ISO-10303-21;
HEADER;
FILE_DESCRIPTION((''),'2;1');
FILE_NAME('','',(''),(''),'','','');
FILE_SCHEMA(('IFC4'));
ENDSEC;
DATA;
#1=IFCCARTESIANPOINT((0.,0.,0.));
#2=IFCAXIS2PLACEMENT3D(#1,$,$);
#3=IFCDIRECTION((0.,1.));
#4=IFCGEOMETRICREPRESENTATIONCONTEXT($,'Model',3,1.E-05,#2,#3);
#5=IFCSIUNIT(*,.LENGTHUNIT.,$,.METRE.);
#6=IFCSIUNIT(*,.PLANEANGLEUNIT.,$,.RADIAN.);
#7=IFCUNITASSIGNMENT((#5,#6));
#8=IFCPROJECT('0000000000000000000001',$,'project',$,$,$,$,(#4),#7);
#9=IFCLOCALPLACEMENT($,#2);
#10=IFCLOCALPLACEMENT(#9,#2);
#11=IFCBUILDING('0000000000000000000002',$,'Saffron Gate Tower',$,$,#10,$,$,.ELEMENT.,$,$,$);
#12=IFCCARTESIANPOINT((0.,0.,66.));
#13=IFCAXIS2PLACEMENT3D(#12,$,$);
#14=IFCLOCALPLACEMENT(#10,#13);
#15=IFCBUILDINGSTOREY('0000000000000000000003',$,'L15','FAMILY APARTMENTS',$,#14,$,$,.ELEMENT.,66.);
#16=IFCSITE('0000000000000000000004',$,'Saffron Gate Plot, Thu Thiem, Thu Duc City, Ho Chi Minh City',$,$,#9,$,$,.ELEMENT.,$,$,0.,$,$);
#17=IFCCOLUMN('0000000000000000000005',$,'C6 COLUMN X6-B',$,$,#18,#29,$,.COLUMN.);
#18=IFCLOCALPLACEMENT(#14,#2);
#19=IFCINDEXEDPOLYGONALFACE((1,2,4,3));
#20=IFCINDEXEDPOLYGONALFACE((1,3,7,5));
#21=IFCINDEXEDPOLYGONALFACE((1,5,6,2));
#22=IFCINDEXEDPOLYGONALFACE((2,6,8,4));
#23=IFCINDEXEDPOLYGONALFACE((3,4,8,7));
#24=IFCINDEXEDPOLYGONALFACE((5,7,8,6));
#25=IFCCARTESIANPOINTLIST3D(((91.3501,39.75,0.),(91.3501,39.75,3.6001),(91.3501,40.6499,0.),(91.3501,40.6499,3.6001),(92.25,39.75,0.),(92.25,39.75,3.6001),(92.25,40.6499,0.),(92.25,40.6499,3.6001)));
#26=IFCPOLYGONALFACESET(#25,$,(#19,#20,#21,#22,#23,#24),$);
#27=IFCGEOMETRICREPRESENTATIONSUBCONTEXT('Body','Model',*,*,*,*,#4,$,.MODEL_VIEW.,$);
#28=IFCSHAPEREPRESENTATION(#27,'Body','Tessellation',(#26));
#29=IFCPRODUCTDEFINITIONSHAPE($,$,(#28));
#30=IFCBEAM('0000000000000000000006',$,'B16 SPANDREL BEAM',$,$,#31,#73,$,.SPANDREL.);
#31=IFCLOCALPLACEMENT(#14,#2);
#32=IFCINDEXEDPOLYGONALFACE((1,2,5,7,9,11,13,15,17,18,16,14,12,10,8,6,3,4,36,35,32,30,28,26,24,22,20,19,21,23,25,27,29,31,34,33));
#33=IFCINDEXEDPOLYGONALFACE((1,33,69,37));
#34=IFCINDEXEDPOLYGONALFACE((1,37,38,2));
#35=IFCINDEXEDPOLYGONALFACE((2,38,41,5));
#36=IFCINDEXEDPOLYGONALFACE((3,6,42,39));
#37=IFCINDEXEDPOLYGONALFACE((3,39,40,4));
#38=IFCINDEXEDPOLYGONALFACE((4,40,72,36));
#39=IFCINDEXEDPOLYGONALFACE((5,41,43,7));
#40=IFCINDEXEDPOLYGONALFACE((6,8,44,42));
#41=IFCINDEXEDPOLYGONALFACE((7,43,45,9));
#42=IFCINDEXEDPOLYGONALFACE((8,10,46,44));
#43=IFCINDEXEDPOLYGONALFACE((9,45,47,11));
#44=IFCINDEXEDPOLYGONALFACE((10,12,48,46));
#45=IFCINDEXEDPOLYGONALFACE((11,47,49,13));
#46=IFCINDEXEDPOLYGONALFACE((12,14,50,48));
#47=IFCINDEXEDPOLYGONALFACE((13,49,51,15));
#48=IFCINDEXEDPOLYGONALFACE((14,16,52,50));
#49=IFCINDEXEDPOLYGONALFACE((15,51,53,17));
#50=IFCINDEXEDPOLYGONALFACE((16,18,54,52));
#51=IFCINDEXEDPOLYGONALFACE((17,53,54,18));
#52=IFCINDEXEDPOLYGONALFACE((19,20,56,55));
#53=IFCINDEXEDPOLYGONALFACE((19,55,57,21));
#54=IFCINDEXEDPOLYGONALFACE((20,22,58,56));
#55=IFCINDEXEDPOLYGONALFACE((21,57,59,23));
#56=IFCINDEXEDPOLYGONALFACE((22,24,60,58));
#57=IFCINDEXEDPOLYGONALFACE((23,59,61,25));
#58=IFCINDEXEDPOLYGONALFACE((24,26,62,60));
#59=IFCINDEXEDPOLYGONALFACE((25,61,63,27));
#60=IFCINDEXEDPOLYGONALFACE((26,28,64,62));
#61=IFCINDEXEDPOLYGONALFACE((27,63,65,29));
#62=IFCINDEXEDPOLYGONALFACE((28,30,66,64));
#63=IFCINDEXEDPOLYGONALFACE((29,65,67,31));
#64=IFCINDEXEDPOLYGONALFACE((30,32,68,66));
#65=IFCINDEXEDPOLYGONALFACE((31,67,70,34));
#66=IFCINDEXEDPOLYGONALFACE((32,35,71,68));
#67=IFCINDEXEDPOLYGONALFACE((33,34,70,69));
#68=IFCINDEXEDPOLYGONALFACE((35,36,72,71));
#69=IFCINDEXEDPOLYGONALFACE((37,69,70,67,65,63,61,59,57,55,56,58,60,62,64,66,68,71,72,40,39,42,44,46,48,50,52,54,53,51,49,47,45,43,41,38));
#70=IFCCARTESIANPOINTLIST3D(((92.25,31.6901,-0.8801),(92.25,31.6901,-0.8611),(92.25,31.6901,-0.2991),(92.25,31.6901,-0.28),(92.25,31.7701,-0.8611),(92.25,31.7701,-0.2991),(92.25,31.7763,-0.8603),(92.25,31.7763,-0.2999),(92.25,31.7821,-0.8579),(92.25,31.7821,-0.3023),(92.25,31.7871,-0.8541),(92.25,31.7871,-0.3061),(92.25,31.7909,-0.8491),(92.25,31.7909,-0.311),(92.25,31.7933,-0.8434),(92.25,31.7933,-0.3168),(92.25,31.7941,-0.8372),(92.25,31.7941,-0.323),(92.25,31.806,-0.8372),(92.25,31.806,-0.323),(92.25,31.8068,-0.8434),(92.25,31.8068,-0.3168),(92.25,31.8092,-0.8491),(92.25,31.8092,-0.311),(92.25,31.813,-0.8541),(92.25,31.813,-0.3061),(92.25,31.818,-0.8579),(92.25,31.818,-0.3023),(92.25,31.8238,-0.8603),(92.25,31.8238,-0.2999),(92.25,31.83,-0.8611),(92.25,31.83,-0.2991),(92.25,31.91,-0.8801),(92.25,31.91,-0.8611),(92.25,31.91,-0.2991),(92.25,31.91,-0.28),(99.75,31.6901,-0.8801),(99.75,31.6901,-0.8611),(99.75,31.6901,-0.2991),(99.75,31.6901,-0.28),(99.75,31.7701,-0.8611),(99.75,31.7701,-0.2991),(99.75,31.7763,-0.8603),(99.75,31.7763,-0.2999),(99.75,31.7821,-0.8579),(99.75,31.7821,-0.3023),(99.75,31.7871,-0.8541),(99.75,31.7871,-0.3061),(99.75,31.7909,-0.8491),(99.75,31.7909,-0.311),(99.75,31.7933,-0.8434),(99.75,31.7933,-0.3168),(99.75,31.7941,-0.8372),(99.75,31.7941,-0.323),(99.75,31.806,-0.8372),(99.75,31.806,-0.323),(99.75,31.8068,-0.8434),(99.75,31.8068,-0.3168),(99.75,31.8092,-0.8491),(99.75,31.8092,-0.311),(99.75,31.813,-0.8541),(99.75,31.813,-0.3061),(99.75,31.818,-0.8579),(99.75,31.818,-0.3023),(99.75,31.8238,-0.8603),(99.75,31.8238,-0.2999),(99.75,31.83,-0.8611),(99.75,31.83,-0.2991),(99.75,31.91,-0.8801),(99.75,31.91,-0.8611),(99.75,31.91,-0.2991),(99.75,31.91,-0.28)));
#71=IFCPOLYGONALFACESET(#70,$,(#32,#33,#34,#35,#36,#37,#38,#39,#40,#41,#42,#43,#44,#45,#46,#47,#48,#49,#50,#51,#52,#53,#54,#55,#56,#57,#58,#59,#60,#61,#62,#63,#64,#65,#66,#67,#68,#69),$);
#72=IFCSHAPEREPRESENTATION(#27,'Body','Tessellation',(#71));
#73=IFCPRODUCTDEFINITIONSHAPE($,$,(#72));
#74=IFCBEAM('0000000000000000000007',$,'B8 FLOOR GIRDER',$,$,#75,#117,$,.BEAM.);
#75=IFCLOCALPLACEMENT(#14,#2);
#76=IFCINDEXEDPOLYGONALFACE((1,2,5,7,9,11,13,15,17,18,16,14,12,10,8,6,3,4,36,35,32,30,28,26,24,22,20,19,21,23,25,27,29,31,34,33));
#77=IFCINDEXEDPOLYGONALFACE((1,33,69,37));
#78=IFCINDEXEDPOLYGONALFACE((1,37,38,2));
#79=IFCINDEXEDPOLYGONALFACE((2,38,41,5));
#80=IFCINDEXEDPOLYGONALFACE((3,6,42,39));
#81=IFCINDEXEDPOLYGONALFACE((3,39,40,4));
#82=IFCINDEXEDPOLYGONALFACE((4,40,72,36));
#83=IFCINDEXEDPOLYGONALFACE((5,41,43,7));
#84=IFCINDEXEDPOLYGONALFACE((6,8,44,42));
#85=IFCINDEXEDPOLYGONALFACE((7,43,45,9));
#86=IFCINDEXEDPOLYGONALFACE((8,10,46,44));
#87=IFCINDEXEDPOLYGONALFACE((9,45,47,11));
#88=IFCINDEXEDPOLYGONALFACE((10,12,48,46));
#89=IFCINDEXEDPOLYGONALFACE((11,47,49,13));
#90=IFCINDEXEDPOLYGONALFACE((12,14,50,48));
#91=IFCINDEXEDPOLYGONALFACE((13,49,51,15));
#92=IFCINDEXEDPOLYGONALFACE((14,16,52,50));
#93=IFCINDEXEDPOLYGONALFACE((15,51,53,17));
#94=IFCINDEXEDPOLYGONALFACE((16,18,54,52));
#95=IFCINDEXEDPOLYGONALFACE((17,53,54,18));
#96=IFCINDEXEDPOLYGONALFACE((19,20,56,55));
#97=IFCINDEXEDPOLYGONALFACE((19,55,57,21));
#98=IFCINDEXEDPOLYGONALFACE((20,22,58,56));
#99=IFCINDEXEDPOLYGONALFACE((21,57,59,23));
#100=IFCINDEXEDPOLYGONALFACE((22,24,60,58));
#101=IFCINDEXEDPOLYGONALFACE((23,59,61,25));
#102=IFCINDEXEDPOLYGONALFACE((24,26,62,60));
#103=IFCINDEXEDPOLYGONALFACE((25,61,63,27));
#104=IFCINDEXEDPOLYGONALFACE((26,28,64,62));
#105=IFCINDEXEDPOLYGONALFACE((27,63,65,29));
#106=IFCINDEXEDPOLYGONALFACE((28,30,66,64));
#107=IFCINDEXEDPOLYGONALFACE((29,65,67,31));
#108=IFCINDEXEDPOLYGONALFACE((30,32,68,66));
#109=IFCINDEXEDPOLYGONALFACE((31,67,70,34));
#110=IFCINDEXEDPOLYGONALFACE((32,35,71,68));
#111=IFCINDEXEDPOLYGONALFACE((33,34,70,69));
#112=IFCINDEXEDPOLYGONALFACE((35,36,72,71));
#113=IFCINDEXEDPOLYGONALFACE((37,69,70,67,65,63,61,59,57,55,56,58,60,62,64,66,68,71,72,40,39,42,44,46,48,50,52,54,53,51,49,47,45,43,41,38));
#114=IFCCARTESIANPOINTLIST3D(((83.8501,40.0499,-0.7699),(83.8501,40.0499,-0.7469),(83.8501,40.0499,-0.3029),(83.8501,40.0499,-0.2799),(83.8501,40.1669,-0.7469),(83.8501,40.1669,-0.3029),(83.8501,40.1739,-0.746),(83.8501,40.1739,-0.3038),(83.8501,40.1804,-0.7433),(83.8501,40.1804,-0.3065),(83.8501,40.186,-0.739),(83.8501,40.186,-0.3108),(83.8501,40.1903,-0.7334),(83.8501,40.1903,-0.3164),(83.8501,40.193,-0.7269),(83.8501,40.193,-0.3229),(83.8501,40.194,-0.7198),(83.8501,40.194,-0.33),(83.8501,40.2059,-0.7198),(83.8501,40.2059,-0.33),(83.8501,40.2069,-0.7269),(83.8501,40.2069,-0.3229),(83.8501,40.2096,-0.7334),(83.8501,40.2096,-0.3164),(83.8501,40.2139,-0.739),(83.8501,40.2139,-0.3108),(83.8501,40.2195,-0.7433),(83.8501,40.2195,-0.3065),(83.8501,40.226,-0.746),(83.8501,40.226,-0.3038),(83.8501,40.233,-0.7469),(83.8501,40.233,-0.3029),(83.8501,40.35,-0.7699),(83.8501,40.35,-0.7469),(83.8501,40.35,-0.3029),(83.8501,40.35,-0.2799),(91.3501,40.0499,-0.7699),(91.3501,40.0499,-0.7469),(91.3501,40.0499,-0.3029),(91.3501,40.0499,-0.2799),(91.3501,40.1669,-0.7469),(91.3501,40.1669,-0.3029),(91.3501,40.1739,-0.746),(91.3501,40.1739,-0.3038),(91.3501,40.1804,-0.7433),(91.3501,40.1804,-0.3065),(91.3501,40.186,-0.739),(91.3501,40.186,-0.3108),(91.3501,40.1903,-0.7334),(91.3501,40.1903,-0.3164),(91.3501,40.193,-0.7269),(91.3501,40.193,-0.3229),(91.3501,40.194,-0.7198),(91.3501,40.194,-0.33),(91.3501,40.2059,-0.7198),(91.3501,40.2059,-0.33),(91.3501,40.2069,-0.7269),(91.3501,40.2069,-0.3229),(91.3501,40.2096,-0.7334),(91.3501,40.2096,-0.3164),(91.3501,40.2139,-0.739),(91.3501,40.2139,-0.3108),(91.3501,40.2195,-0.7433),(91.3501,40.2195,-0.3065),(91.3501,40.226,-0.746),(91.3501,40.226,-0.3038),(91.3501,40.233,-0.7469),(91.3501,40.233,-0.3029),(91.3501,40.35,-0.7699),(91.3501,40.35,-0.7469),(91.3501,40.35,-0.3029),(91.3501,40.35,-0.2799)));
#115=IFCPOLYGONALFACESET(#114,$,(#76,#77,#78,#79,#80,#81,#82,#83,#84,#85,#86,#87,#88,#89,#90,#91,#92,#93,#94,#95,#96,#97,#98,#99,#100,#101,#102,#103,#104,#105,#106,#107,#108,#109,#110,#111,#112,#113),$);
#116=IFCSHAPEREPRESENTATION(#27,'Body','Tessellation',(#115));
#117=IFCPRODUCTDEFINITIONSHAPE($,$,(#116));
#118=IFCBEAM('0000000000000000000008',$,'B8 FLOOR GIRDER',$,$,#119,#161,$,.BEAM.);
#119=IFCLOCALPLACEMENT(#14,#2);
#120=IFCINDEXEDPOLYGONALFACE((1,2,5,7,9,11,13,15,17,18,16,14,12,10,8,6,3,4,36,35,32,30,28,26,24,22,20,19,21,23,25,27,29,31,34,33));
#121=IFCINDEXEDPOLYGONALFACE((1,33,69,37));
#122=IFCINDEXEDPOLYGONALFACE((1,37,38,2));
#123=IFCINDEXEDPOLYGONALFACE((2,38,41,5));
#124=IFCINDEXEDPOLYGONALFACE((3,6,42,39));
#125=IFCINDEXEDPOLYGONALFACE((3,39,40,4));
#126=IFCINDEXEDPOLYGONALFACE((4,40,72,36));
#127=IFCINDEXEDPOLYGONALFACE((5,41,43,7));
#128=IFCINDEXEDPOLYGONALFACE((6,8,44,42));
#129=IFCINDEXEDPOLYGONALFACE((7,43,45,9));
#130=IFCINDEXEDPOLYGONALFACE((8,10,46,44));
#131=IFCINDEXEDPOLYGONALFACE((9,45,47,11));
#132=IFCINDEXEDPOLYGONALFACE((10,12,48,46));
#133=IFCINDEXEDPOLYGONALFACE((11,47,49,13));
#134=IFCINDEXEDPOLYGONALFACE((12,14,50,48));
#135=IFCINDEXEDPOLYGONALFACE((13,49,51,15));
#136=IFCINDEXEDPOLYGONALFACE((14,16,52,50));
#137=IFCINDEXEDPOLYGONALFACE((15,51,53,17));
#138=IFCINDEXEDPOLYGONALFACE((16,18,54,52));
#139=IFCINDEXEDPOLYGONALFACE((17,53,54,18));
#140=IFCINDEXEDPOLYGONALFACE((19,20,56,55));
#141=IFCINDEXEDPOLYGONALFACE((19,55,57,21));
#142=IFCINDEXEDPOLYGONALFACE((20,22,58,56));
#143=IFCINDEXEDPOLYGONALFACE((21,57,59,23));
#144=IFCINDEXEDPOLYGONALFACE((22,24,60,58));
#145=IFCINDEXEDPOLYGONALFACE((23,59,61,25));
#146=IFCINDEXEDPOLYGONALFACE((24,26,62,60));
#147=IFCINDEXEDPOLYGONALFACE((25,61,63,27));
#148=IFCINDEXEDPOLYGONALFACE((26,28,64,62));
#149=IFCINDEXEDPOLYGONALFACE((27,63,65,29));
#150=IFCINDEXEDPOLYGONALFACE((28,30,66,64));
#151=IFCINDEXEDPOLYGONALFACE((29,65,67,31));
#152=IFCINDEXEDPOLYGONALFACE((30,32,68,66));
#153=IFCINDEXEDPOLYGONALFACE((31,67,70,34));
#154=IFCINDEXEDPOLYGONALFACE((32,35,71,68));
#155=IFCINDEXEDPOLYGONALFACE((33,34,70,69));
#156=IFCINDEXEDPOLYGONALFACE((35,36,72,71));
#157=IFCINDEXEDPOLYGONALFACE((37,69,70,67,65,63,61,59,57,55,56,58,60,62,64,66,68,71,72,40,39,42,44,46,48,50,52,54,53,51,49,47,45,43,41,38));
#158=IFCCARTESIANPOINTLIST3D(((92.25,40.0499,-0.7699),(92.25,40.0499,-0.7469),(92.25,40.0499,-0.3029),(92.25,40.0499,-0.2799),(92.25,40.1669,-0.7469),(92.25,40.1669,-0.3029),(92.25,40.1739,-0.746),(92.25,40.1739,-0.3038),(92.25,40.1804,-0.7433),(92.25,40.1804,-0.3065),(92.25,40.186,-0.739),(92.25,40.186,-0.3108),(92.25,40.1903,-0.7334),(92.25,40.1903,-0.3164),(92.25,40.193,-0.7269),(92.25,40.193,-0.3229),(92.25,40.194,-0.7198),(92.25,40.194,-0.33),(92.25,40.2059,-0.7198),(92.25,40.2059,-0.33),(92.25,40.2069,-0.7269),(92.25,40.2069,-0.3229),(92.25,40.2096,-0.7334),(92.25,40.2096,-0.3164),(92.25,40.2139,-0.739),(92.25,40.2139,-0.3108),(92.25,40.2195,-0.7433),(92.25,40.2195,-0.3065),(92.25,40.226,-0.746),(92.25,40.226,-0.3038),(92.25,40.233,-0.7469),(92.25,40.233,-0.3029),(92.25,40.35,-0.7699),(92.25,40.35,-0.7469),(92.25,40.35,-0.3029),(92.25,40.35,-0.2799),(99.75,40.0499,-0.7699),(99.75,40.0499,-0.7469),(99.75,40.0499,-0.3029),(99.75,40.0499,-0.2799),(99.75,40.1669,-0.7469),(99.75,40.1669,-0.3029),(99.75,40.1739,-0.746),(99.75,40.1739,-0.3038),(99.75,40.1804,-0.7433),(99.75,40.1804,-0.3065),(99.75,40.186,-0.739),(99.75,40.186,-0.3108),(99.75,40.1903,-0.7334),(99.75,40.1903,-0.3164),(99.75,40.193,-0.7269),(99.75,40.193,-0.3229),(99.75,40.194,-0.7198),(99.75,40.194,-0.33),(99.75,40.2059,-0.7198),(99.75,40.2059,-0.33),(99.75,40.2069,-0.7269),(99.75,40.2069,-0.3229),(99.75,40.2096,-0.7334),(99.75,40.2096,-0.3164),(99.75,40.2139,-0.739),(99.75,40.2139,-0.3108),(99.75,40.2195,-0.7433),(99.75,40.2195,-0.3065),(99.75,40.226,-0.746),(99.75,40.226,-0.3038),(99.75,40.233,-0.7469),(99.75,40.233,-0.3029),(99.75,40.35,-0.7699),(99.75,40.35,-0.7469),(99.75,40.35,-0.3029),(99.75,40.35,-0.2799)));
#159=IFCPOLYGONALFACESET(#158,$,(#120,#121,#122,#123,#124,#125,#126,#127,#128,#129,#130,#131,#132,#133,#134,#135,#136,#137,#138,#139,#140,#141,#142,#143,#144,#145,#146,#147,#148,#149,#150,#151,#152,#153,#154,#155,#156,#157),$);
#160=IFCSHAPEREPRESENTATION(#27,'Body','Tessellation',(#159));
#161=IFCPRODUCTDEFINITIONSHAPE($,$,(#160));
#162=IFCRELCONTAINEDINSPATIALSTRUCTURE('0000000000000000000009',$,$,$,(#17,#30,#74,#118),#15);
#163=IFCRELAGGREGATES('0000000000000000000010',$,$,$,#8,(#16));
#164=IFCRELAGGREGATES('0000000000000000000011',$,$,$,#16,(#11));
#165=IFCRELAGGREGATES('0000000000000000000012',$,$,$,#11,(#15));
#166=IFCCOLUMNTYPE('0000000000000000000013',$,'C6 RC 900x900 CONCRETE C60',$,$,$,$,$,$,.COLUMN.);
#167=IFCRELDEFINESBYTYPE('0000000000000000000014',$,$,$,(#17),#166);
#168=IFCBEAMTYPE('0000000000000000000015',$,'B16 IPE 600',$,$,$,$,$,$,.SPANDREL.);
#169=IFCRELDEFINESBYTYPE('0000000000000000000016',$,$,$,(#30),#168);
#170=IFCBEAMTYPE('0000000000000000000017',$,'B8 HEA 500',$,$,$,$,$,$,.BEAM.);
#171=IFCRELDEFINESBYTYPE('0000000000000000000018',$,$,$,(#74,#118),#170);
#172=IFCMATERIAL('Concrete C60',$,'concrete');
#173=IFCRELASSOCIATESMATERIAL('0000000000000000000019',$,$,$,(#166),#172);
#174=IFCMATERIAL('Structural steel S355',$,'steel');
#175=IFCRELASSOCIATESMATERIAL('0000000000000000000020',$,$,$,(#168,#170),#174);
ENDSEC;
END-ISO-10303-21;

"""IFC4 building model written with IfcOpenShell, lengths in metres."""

from ifc_helpers import new_model, si_unit, direction, frame, origin, origin_2d, place, context, subcontext, project, spatial, rectangle, i_section, extrude, material, material_profile, profile_set, type_object, element, save


model = new_model("IFC4")

# Units and contexts
model_context = context("Model", 3, precision=1e-05, world=origin(), true_north=direction((0.0, 1.0)))
body_context = subcontext(model_context, "Body", "Model", "MODEL_VIEW")
ifc_project = project(units=[si_unit("LENGTHUNIT", "METRE"), si_unit("PLANEANGLEUNIT", "RADIAN")], contexts=[model_context])

# Site, building, storey
site_placement = place(None, origin())
site = spatial("IfcSite", under=ifc_project, at=site_placement, Name="Saffron Gate Plot, Thu Thiem, Thu Duc City, Ho Chi Minh City", CompositionType="ELEMENT", RefElevation=0.0)
building_placement = place(site_placement, origin())
building = spatial("IfcBuilding", under=site, at=building_placement, Name="Saffron Gate Tower", CompositionType="ELEMENT")
storey_placement = place(building_placement, frame((0.0, 0.0, 66.0)))
storey = spatial("IfcBuildingStorey", under=building, at=storey_placement, Name="L15", Description="FAMILY APARTMENTS", CompositionType="ELEMENT", Elevation=66.0)

# Column
ifc_material_1 = material(Name="Concrete C60", Category="concrete")
ifc_material_profile_1 = material_profile(ifc_material_1, rectangle(XDim=0.8999, YDim=0.8999, at=origin_2d()))
ifc_profile_set_1 = profile_set([ifc_material_profile_1], Name="Concrete C60")
column_type = type_object("IfcColumnType", Name="C6 RC 900x900 CONCRETE C60", PredefinedType="COLUMN", material=ifc_profile_set_1)
column_placement = place(storey_placement, frame((91.8, 40.2, 0.0), z_axis=(0.0, 0.0, 1.0), x_axis=(1.0, 0.0, 0.0)))
element("IfcColumn", 1, at=column_placement, inside=storey, type_object=column_type, Name="C6 COLUMN X6-B", PredefinedType="COLUMN", context=body_context, shape_type="SweptSolid", body=[
    extrude(rectangle(XDim=0.8999, YDim=0.8999, at=origin_2d()), origin(), (0.0, 0.0, 1.0), 3.6001),
])

# Beams
ifc_material_2 = material(Name="Structural steel S355", Category="steel")
ifc_material_profile_2 = material_profile(ifc_material_2, i_section(OverallWidth=0.22, OverallDepth=0.6001, WebThickness=0.012, FlangeThickness=0.019, FilletRadius=0.0239, at=origin_2d()))
ifc_profile_set_2 = profile_set([ifc_material_profile_2], Name="Structural steel S355")
beam_type_1 = type_object("IfcBeamType", Name="B16 IPE 600", PredefinedType="SPANDREL", material=ifc_profile_set_2)
beam_placement = place(storey_placement, frame((92.25, 31.8, -0.5801), z_axis=(1.0, 0.0, 0.0), x_axis=(0.0, 1.0, 0.0)))
element("IfcBeam", 2, at=beam_placement, inside=storey, type_object=beam_type_1, Name="B16 SPANDREL BEAM", PredefinedType="SPANDREL", context=body_context, shape_type="SweptSolid", body=[
    extrude(i_section(OverallWidth=0.22, OverallDepth=0.6001, WebThickness=0.012, FlangeThickness=0.019, FilletRadius=0.0239, at=origin_2d()), origin(), (0.0, 0.0, 1.0), 7.5),
])
ifc_material_profile_3 = material_profile(ifc_material_2, i_section(OverallWidth=0.3, OverallDepth=0.49, WebThickness=0.012, FlangeThickness=0.0229, FilletRadius=0.0271, at=origin_2d()))
ifc_profile_set_3 = profile_set([ifc_material_profile_3], Name="Structural steel S355")
beam_type_2 = type_object("IfcBeamType", Name="B8 HEA 500", PredefinedType="BEAM", material=ifc_profile_set_3)
for number, where, z_axis, x_axis, name in (
    (3, (83.8501, 40.2, -0.5249), (1.0, 0.0, 0.0), (0.0, 1.0, 0.0), "B8 FLOOR GIRDER"),
    (4, (92.25, 40.2, -0.5249), (1.0, 0.0, 0.0), (0.0, 1.0, 0.0), "B8 FLOOR GIRDER"),
):
    element("IfcBeam", number, at=place(storey_placement, frame(where, z_axis=z_axis, x_axis=x_axis)), inside=storey, type_object=beam_type_2, Name=name, PredefinedType="BEAM", context=body_context, shape_type="SweptSolid", body=[
        extrude(i_section(OverallWidth=0.3, OverallDepth=0.49, WebThickness=0.012, FlangeThickness=0.0229, FilletRadius=0.0271, at=origin_2d()), origin(), (0.0, 0.0, 1.0), 7.5),
    ])

save(model, "model.ifc")
